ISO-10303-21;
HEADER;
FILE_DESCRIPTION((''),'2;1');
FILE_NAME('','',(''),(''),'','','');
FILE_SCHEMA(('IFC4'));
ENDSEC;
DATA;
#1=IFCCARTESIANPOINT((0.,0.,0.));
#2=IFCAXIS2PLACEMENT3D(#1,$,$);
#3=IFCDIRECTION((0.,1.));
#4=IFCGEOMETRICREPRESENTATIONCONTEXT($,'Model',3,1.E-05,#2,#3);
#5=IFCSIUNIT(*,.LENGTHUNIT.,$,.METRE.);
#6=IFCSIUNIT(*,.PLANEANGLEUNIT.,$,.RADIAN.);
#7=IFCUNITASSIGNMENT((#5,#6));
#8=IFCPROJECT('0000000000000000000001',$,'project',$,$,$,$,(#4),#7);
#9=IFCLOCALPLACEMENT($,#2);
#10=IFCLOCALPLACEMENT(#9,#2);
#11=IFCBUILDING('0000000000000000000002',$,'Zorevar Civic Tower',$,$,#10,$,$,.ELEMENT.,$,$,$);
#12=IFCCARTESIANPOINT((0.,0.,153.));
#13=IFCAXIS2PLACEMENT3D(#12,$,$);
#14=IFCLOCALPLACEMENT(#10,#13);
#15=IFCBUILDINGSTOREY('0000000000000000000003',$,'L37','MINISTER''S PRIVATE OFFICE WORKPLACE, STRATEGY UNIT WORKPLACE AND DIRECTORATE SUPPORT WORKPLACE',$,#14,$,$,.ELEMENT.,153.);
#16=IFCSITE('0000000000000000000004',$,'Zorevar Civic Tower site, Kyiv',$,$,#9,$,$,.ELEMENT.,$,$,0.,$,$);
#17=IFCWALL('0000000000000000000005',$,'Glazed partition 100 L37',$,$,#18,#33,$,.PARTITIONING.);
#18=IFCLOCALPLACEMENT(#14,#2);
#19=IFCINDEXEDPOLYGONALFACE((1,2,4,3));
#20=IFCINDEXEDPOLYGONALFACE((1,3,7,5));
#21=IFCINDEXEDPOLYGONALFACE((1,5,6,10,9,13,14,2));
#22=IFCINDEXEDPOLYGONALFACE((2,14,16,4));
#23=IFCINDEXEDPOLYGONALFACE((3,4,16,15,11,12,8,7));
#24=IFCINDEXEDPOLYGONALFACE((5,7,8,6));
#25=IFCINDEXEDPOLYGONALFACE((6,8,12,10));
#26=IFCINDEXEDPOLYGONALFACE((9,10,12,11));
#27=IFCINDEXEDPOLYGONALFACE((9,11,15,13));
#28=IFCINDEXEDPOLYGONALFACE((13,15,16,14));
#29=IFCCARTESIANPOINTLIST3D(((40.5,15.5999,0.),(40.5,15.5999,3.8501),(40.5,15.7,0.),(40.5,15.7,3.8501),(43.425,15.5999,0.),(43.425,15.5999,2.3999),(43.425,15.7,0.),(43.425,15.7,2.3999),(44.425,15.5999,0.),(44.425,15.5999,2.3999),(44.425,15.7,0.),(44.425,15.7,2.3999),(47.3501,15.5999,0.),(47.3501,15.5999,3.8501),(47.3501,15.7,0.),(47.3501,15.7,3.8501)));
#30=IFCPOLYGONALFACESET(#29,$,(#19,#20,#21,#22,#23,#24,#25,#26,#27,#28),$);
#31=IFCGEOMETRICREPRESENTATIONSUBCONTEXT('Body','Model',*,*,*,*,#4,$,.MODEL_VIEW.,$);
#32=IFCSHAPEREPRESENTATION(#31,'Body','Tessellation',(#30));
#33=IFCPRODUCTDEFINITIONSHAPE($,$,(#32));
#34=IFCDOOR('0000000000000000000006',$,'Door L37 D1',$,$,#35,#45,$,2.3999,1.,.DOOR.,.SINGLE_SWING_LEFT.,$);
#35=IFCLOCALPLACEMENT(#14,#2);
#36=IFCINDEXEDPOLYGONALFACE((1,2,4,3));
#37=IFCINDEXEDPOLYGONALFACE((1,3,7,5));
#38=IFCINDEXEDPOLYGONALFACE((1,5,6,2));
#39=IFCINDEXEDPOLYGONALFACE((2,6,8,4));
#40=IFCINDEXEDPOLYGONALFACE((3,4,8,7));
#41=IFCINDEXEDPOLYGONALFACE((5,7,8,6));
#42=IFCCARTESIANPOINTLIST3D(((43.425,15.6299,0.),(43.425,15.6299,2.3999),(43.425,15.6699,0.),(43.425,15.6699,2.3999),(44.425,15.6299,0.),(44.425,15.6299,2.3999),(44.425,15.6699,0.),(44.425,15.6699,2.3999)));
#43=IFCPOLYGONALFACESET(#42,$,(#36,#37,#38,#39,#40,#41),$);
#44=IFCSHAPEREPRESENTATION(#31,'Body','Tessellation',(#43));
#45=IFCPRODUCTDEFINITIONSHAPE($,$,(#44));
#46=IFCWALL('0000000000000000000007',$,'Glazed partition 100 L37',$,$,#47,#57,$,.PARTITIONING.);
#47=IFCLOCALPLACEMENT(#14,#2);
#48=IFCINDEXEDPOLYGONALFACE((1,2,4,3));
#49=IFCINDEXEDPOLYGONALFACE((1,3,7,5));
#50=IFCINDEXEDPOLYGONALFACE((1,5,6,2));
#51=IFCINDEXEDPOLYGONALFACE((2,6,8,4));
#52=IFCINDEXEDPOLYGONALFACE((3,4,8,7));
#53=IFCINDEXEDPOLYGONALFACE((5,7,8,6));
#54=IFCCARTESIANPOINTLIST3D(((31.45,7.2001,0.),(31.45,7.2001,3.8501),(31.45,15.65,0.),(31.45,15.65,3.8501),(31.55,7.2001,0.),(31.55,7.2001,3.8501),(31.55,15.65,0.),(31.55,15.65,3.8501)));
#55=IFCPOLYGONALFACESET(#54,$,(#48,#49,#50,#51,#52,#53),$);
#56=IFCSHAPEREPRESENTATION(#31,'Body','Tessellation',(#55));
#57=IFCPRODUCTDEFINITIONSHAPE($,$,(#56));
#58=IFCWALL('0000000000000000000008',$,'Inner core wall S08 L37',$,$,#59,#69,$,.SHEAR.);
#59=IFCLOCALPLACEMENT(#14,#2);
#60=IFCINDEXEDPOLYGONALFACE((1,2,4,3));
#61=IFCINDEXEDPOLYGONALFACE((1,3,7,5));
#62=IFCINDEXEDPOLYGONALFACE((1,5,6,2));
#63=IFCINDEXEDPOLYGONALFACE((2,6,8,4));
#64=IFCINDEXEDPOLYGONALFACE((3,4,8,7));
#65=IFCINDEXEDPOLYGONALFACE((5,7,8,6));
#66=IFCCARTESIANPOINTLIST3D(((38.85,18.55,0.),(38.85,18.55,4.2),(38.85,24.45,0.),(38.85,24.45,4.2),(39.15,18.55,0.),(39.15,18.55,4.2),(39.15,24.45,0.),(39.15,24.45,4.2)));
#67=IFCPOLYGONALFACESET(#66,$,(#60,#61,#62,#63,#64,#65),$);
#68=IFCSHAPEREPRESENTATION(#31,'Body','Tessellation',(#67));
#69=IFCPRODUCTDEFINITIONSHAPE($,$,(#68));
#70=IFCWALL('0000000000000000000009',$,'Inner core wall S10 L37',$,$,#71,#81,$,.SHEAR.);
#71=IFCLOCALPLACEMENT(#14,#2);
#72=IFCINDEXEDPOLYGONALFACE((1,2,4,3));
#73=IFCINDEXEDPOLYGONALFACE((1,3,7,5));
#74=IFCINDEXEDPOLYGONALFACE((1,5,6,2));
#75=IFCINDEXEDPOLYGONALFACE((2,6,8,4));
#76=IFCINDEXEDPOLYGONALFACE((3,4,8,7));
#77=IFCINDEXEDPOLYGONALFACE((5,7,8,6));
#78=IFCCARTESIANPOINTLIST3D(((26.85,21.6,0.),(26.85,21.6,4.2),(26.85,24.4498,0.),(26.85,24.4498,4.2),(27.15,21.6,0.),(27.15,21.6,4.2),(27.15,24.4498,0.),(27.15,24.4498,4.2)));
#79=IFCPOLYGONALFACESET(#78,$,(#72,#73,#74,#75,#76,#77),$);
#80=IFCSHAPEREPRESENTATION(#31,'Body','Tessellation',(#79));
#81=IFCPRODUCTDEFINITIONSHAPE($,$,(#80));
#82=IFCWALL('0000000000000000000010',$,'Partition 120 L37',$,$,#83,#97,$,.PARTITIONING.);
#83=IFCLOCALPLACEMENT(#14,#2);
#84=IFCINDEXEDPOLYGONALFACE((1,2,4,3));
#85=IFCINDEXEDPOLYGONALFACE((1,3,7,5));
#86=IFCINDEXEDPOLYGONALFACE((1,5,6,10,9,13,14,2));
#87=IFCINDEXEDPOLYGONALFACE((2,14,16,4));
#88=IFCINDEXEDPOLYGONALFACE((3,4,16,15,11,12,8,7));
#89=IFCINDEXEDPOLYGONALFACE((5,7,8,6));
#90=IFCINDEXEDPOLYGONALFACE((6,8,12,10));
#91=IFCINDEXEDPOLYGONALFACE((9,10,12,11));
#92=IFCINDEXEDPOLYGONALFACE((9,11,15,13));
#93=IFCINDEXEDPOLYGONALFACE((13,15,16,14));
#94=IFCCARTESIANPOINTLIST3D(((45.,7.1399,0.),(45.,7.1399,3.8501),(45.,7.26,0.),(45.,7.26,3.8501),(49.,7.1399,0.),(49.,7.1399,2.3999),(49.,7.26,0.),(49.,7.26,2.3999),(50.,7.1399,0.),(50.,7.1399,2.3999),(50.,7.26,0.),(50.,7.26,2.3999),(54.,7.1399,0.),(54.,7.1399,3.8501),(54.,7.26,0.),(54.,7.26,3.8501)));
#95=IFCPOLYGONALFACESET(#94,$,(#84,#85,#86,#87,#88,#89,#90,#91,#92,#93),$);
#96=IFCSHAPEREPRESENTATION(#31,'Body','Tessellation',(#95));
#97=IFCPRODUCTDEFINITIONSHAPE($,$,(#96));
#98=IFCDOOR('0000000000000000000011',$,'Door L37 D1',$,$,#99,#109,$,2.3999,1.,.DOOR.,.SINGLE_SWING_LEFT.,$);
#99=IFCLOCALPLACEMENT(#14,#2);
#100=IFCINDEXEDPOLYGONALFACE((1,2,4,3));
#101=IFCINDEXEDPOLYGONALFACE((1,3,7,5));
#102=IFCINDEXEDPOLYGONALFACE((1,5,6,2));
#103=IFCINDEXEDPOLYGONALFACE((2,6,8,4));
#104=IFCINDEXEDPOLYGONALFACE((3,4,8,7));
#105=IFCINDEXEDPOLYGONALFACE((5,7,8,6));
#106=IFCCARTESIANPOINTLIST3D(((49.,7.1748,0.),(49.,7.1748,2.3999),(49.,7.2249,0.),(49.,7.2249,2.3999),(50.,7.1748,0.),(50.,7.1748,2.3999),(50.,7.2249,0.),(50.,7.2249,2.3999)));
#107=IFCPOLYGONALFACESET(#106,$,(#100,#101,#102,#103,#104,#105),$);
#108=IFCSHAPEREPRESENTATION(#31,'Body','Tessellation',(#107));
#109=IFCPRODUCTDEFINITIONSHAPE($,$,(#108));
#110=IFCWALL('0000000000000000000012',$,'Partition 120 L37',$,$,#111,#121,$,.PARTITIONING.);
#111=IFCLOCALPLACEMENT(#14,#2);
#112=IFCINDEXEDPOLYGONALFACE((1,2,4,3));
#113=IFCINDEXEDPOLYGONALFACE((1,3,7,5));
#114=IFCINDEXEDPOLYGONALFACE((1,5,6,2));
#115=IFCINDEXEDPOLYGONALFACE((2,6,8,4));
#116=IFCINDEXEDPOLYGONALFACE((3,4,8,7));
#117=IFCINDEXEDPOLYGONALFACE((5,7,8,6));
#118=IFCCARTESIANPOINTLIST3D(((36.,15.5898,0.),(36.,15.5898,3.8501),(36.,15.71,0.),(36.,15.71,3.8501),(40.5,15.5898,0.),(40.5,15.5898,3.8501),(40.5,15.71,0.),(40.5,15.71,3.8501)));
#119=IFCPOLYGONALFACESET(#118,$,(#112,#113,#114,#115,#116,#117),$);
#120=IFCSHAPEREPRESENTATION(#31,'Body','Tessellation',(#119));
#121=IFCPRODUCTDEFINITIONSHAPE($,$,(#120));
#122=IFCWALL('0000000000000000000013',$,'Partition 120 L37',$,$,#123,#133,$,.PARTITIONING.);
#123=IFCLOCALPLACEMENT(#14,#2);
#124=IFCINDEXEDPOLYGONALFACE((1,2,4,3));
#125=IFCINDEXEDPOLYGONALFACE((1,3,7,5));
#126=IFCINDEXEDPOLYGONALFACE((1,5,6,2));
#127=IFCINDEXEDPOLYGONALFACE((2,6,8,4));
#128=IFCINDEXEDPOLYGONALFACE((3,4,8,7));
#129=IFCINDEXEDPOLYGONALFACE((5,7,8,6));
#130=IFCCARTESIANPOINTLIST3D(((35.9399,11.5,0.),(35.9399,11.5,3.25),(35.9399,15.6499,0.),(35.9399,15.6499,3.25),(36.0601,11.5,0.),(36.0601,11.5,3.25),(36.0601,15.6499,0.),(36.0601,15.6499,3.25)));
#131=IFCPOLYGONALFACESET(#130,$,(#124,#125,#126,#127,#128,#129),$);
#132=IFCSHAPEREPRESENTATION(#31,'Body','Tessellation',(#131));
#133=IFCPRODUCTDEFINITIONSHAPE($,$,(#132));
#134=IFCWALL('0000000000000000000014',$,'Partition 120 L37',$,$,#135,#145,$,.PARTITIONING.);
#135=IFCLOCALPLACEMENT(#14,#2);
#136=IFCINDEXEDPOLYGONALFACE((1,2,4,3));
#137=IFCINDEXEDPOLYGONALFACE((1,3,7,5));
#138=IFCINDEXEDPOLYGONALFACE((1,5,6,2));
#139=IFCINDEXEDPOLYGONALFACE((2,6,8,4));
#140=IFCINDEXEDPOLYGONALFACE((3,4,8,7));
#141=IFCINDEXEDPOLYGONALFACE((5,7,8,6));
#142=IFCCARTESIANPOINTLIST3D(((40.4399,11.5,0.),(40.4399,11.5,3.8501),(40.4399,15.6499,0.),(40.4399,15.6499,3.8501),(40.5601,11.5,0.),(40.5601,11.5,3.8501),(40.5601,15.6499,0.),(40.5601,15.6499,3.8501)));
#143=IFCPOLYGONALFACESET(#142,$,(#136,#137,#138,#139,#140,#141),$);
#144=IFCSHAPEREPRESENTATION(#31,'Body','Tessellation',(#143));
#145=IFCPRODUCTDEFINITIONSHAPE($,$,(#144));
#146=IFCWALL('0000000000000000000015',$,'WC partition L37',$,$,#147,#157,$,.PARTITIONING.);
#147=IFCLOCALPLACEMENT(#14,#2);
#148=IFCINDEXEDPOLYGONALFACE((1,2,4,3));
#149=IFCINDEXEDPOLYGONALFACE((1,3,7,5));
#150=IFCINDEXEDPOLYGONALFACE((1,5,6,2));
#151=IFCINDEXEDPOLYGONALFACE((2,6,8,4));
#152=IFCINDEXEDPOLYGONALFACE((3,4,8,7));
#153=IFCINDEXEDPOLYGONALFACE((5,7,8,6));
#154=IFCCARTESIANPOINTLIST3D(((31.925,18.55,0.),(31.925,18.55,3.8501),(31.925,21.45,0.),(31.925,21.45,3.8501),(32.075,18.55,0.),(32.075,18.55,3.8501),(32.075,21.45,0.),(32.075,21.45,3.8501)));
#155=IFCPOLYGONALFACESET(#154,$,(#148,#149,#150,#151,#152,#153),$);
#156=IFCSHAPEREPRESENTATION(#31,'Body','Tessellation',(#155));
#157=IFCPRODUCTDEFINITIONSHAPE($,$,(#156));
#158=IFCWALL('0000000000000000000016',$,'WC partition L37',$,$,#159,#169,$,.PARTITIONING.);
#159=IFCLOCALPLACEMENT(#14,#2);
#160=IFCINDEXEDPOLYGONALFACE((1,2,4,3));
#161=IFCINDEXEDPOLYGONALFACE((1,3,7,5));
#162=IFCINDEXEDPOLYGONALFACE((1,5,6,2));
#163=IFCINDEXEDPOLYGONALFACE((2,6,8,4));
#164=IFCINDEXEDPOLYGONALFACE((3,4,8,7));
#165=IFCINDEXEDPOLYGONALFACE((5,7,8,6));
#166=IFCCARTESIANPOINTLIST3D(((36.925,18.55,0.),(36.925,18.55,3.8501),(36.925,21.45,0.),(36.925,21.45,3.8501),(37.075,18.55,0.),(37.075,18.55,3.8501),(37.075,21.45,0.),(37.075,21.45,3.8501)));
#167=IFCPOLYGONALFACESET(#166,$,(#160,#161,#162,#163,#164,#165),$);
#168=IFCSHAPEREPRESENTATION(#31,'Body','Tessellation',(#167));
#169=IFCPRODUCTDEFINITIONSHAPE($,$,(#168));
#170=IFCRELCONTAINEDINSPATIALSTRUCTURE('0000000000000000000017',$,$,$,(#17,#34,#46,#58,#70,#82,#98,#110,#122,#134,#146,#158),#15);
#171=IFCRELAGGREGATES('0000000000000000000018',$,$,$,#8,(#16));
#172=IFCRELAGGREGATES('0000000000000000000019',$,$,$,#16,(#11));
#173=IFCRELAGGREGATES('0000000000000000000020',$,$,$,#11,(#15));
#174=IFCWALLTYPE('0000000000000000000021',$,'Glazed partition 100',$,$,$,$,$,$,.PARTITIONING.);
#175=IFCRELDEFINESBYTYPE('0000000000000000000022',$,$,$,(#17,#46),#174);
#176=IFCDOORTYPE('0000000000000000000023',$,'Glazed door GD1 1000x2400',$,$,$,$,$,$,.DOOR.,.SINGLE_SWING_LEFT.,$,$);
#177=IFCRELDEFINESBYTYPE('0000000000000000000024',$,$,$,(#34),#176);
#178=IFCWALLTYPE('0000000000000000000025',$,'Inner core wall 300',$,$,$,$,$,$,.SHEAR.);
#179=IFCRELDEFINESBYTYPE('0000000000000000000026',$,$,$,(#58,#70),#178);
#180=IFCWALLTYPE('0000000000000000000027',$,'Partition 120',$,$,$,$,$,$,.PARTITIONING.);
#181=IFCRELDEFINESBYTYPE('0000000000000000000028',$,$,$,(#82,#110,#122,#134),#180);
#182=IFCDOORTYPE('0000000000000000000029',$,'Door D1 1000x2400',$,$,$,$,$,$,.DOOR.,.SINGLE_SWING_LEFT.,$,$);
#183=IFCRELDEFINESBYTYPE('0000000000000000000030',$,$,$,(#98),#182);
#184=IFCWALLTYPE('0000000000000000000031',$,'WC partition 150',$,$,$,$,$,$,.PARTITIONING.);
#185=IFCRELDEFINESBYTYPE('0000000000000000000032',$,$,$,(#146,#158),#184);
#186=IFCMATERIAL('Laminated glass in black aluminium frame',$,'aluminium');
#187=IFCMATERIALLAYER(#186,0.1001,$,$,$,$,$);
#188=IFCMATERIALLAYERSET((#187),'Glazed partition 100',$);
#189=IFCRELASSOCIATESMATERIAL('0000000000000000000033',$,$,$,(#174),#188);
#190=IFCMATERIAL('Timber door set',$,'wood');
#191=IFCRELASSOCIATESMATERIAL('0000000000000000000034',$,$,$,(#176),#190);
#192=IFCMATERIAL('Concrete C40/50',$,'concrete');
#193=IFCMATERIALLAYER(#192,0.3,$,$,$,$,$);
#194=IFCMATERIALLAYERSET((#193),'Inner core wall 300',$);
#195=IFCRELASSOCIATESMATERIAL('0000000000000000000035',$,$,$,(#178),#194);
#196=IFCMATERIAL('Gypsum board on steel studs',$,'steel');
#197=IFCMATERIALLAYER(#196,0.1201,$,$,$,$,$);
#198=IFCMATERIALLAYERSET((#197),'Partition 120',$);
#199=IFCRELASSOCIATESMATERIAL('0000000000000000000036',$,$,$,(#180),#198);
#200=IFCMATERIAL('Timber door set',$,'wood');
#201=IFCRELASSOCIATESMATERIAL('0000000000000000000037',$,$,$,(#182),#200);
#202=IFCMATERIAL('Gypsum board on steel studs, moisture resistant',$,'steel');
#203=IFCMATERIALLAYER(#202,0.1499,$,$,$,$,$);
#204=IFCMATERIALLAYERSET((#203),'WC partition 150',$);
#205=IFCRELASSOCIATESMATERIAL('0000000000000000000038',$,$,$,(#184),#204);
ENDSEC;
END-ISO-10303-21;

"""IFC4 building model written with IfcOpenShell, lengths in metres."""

from ifc_helpers import new_model, si_unit, direction, frame, frame_2d, origin, place, context, subcontext, project, spatial, rectangle, extrude, material, layer, layer_set, type_object, element, fill, save


model = new_model("IFC4")

# Units and contexts
model_context = context("Model", 3, precision=1e-05, world=origin(), true_north=direction((0.0, 1.0)))
body_context = subcontext(model_context, "Body", "Model", "MODEL_VIEW")
ifc_project = project(units=[si_unit("LENGTHUNIT", "METRE"), si_unit("PLANEANGLEUNIT", "RADIAN")], contexts=[model_context])

# Site, building, storey
site_placement = place(None, origin())
site = spatial("IfcSite", under=ifc_project, at=site_placement, Name="Zorevar Civic Tower site, Kyiv", CompositionType="ELEMENT", RefElevation=0.0)
building_placement = place(site_placement, origin())
building = spatial("IfcBuilding", under=site, at=building_placement, Name="Zorevar Civic Tower", CompositionType="ELEMENT")
storey_placement = place(building_placement, frame((0.0, 0.0, 153.0)))
storey = spatial("IfcBuildingStorey", under=building, at=storey_placement, Name="L37", Description="MINISTER'S PRIVATE OFFICE WORKPLACE, STRATEGY UNIT WORKPLACE AND DIRECTORATE SUPPORT WORKPLACE", CompositionType="ELEMENT", Elevation=153.0)

# Wall, opening, door
ifc_material_1 = material(Name="Laminated glass in black aluminium frame", Category="aluminium")
ifc_layer_1 = layer(ifc_material_1, 0.1001)
ifc_layer_set_1 = layer_set([ifc_layer_1], Name="Glazed partition 100")
wall_type_1 = type_object("IfcWallType", Name="Glazed partition 100", PredefinedType="PARTITIONING", material=ifc_layer_set_1)
ifc_material_2 = material(Name="Timber door set", Category="wood")
door_type_1 = type_object("IfcDoorType", Name="Glazed door GD1 1000x2400", OperationType="SINGLE_SWING_LEFT", PredefinedType="DOOR", material=ifc_material_2)
wall_1_placement = place(storey_placement, frame((40.5, 15.6499, 0.0), z_axis=(0.0, 0.0, 1.0), x_axis=(1.0, 0.0, 0.0)))
wall_1 = element("IfcWall", 1, at=wall_1_placement, inside=storey, type_object=wall_type_1, Name="Glazed partition 100 L37", PredefinedType="PARTITIONING", context=body_context, shape_type="SweptSolid", body=[
    extrude(rectangle(XDim=6.8501, YDim=0.1001, at=frame_2d((3.425, 0.0))), origin(), (0.0, 0.0, 1.0), 3.8501),
])
opening_1_placement = place(wall_1_placement, frame((2.925, 0.0, 0.0)))
opening_1 = element("IfcOpeningElement", 2, at=opening_1_placement, cuts=wall_1, PredefinedType="OPENING", context=body_context, shape_type="SweptSolid", body=[
    extrude(rectangle(XDim=1.0, YDim=2.3999, at=frame_2d((0.5, 1.2))), frame((0.0, 0.0601, 0.0), z_axis=(0.0, -1.0, 0.0), x_axis=(1.0, 0.0, 0.0)), (0.0, 0.0, 1.0), 0.1201),
])
door_1_placement = place(opening_1_placement, origin())
door_1 = element("IfcDoor", 3, at=door_1_placement, inside=storey, type_object=door_type_1, Name="Door L37 D1", OperationType="SINGLE_SWING_LEFT", OverallHeight=2.3999, OverallWidth=1.0, PredefinedType="DOOR", context=body_context, shape_type="SweptSolid", body=[
    extrude(rectangle(XDim=1.0, YDim=2.3999, at=frame_2d((0.5, 1.2))), frame((0.0, 0.02, 0.0), z_axis=(0.0, -1.0, 0.0), x_axis=(1.0, 0.0, 0.0)), (0.0, 0.0, 1.0), 0.04),
])
fill(opening_1, door_1)

# Walls
wall_2_placement = place(storey_placement, frame((31.5, 7.2, 0.0), z_axis=(0.0, 0.0, 1.0), x_axis=(0.0, 1.0, 0.0)))
element("IfcWall", 4, at=wall_2_placement, inside=storey, type_object=wall_type_1, Name="Glazed partition 100 L37", PredefinedType="PARTITIONING", context=body_context, shape_type="SweptSolid", body=[
    extrude(rectangle(XDim=8.45, YDim=0.1001, at=frame_2d((4.2251, 0.0))), origin(), (0.0, 0.0, 1.0), 3.8501),
])
ifc_material_3 = material(Name="Concrete C40/50", Category="concrete")
ifc_layer_2 = layer(ifc_material_3, 0.3)
ifc_layer_set_2 = layer_set([ifc_layer_2], Name="Inner core wall 300")
wall_type_2 = type_object("IfcWallType", Name="Inner core wall 300", PredefinedType="SHEAR", material=ifc_layer_set_2)
wall_3_placement = place(storey_placement, frame((39.0, 18.55, 0.0), z_axis=(0.0, 0.0, 1.0), x_axis=(0.0, 1.0, 0.0)))
element("IfcWall", 5, at=wall_3_placement, inside=storey, type_object=wall_type_2, Name="Inner core wall S08 L37", PredefinedType="SHEAR", context=body_context, shape_type="SweptSolid", body=[
    extrude(rectangle(XDim=5.8999, YDim=0.3, at=frame_2d((2.95, 0.0))), origin(), (0.0, 0.0, 1.0), 4.2),
])
wall_4_placement = place(storey_placement, frame((27.0, 21.6001, 0.0), z_axis=(0.0, 0.0, 1.0), x_axis=(0.0, 1.0, 0.0)))
element("IfcWall", 6, at=wall_4_placement, inside=storey, type_object=wall_type_2, Name="Inner core wall S10 L37", PredefinedType="SHEAR", context=body_context, shape_type="SweptSolid", body=[
    extrude(rectangle(XDim=2.8499, YDim=0.3, at=frame_2d((1.4248, 0.0))), origin(), (0.0, 0.0, 1.0), 4.2),
])

# Wall, opening, door
ifc_material_4 = material(Name="Gypsum board on steel studs", Category="steel")
ifc_layer_3 = layer(ifc_material_4, 0.1201)
ifc_layer_set_3 = layer_set([ifc_layer_3], Name="Partition 120")
wall_type_3 = type_object("IfcWallType", Name="Partition 120", PredefinedType="PARTITIONING", material=ifc_layer_set_3)
wall_5_placement = place(storey_placement, frame((45.0, 7.2, 0.0), z_axis=(0.0, 0.0, 1.0), x_axis=(1.0, 0.0, 0.0)))
wall_5 = element("IfcWall", 7, at=wall_5_placement, inside=storey, type_object=wall_type_3, Name="Partition 120 L37", PredefinedType="PARTITIONING", context=body_context, shape_type="SweptSolid", body=[
    extrude(rectangle(XDim=9.0, YDim=0.1201, at=frame_2d((4.5, 0.0))), origin(), (0.0, 0.0, 1.0), 3.8501),
])
opening_2_placement = place(wall_5_placement, frame((4.0, 0.0, 0.0)))
opening_2 = element("IfcOpeningElement", 8, at=opening_2_placement, cuts=wall_5, PredefinedType="OPENING", context=body_context, shape_type="SweptSolid", body=[
    extrude(rectangle(XDim=1.0, YDim=2.3999, at=frame_2d((0.5, 1.2))), frame((0.0, 0.0701, 0.0), z_axis=(0.0, -1.0, 0.0), x_axis=(1.0, 0.0, 0.0)), (0.0, 0.0, 1.0), 0.1401),
])
ifc_material_5 = material(Name="Timber door set", Category="wood")
door_type_2 = type_object("IfcDoorType", Name="Door D1 1000x2400", OperationType="SINGLE_SWING_LEFT", PredefinedType="DOOR", material=ifc_material_5)
door_2_placement = place(opening_2_placement, origin())
door_2 = element("IfcDoor", 9, at=door_2_placement, inside=storey, type_object=door_type_2, Name="Door L37 D1", OperationType="SINGLE_SWING_LEFT", OverallHeight=2.3999, OverallWidth=1.0, PredefinedType="DOOR", context=body_context, shape_type="SweptSolid", body=[
    extrude(rectangle(XDim=1.0, YDim=2.3999, at=frame_2d((0.5, 1.2))), frame((0.0, 0.0249, 0.0), z_axis=(0.0, -1.0, 0.0), x_axis=(1.0, 0.0, 0.0)), (0.0, 0.0, 1.0), 0.05),
])
fill(opening_2, door_2)

# Walls
wall_6_placement = place(storey_placement, frame((36.0, 15.6499, 0.0), z_axis=(0.0, 0.0, 1.0), x_axis=(1.0, 0.0, 0.0)))
element("IfcWall", 10, at=wall_6_placement, inside=storey, type_object=wall_type_3, Name="Partition 120 L37", PredefinedType="PARTITIONING", context=body_context, shape_type="SweptSolid", body=[
    extrude(rectangle(XDim=4.5, YDim=0.1201, at=frame_2d((2.25, 0.0))), origin(), (0.0, 0.0, 1.0), 3.8501),
])
wall_7_placement = place(storey_placement, frame((36.0, 11.5, 0.0), z_axis=(0.0, 0.0, 1.0), x_axis=(0.0, 1.0, 0.0)))
element("IfcWall", 11, at=wall_7_placement, inside=storey, type_object=wall_type_3, Name="Partition 120 L37", PredefinedType="PARTITIONING", context=body_context, shape_type="SweptSolid", body=[
    extrude(rectangle(XDim=4.1499, YDim=0.1201, at=frame_2d((2.075, 0.0))), origin(), (0.0, 0.0, 1.0), 3.25),
])
wall_8_placement = place(storey_placement, frame((40.5, 11.5, 0.0), z_axis=(0.0, 0.0, 1.0), x_axis=(0.0, 1.0, 0.0)))
element("IfcWall", 12, at=wall_8_placement, inside=storey, type_object=wall_type_3, Name="Partition 120 L37", PredefinedType="PARTITIONING", context=body_context, shape_type="SweptSolid", body=[
    extrude(rectangle(XDim=4.1499, YDim=0.1201, at=frame_2d((2.075, 0.0))), origin(), (0.0, 0.0, 1.0), 3.8501),
])

# Walls
ifc_material_6 = material(Name="Gypsum board on steel studs, moisture resistant", Category="steel")
ifc_layer_4 = layer(ifc_material_6, 0.1499)
ifc_layer_set_4 = layer_set([ifc_layer_4], Name="WC partition 150")
wall_type_4 = type_object("IfcWallType", Name="WC partition 150", PredefinedType="PARTITIONING", material=ifc_layer_set_4)
for number, where, z_axis, x_axis, name in (
    (13, (32.0, 18.55, 0.0), (0.0, 0.0, 1.0), (0.0, 1.0, 0.0), "WC partition L37"),
    (14, (37.0, 18.55, 0.0), (0.0, 0.0, 1.0), (0.0, 1.0, 0.0), "WC partition L37"),
):
    element("IfcWall", number, at=place(storey_placement, frame(where, z_axis=z_axis, x_axis=x_axis)), inside=storey, type_object=wall_type_4, Name=name, PredefinedType="PARTITIONING", context=body_context, shape_type="SweptSolid", body=[
        extrude(rectangle(XDim=2.8999, YDim=0.1499, at=frame_2d((1.45, 0.0))), origin(), (0.0, 0.0, 1.0), 3.8501),
    ])

save(model, "model.ifc")
